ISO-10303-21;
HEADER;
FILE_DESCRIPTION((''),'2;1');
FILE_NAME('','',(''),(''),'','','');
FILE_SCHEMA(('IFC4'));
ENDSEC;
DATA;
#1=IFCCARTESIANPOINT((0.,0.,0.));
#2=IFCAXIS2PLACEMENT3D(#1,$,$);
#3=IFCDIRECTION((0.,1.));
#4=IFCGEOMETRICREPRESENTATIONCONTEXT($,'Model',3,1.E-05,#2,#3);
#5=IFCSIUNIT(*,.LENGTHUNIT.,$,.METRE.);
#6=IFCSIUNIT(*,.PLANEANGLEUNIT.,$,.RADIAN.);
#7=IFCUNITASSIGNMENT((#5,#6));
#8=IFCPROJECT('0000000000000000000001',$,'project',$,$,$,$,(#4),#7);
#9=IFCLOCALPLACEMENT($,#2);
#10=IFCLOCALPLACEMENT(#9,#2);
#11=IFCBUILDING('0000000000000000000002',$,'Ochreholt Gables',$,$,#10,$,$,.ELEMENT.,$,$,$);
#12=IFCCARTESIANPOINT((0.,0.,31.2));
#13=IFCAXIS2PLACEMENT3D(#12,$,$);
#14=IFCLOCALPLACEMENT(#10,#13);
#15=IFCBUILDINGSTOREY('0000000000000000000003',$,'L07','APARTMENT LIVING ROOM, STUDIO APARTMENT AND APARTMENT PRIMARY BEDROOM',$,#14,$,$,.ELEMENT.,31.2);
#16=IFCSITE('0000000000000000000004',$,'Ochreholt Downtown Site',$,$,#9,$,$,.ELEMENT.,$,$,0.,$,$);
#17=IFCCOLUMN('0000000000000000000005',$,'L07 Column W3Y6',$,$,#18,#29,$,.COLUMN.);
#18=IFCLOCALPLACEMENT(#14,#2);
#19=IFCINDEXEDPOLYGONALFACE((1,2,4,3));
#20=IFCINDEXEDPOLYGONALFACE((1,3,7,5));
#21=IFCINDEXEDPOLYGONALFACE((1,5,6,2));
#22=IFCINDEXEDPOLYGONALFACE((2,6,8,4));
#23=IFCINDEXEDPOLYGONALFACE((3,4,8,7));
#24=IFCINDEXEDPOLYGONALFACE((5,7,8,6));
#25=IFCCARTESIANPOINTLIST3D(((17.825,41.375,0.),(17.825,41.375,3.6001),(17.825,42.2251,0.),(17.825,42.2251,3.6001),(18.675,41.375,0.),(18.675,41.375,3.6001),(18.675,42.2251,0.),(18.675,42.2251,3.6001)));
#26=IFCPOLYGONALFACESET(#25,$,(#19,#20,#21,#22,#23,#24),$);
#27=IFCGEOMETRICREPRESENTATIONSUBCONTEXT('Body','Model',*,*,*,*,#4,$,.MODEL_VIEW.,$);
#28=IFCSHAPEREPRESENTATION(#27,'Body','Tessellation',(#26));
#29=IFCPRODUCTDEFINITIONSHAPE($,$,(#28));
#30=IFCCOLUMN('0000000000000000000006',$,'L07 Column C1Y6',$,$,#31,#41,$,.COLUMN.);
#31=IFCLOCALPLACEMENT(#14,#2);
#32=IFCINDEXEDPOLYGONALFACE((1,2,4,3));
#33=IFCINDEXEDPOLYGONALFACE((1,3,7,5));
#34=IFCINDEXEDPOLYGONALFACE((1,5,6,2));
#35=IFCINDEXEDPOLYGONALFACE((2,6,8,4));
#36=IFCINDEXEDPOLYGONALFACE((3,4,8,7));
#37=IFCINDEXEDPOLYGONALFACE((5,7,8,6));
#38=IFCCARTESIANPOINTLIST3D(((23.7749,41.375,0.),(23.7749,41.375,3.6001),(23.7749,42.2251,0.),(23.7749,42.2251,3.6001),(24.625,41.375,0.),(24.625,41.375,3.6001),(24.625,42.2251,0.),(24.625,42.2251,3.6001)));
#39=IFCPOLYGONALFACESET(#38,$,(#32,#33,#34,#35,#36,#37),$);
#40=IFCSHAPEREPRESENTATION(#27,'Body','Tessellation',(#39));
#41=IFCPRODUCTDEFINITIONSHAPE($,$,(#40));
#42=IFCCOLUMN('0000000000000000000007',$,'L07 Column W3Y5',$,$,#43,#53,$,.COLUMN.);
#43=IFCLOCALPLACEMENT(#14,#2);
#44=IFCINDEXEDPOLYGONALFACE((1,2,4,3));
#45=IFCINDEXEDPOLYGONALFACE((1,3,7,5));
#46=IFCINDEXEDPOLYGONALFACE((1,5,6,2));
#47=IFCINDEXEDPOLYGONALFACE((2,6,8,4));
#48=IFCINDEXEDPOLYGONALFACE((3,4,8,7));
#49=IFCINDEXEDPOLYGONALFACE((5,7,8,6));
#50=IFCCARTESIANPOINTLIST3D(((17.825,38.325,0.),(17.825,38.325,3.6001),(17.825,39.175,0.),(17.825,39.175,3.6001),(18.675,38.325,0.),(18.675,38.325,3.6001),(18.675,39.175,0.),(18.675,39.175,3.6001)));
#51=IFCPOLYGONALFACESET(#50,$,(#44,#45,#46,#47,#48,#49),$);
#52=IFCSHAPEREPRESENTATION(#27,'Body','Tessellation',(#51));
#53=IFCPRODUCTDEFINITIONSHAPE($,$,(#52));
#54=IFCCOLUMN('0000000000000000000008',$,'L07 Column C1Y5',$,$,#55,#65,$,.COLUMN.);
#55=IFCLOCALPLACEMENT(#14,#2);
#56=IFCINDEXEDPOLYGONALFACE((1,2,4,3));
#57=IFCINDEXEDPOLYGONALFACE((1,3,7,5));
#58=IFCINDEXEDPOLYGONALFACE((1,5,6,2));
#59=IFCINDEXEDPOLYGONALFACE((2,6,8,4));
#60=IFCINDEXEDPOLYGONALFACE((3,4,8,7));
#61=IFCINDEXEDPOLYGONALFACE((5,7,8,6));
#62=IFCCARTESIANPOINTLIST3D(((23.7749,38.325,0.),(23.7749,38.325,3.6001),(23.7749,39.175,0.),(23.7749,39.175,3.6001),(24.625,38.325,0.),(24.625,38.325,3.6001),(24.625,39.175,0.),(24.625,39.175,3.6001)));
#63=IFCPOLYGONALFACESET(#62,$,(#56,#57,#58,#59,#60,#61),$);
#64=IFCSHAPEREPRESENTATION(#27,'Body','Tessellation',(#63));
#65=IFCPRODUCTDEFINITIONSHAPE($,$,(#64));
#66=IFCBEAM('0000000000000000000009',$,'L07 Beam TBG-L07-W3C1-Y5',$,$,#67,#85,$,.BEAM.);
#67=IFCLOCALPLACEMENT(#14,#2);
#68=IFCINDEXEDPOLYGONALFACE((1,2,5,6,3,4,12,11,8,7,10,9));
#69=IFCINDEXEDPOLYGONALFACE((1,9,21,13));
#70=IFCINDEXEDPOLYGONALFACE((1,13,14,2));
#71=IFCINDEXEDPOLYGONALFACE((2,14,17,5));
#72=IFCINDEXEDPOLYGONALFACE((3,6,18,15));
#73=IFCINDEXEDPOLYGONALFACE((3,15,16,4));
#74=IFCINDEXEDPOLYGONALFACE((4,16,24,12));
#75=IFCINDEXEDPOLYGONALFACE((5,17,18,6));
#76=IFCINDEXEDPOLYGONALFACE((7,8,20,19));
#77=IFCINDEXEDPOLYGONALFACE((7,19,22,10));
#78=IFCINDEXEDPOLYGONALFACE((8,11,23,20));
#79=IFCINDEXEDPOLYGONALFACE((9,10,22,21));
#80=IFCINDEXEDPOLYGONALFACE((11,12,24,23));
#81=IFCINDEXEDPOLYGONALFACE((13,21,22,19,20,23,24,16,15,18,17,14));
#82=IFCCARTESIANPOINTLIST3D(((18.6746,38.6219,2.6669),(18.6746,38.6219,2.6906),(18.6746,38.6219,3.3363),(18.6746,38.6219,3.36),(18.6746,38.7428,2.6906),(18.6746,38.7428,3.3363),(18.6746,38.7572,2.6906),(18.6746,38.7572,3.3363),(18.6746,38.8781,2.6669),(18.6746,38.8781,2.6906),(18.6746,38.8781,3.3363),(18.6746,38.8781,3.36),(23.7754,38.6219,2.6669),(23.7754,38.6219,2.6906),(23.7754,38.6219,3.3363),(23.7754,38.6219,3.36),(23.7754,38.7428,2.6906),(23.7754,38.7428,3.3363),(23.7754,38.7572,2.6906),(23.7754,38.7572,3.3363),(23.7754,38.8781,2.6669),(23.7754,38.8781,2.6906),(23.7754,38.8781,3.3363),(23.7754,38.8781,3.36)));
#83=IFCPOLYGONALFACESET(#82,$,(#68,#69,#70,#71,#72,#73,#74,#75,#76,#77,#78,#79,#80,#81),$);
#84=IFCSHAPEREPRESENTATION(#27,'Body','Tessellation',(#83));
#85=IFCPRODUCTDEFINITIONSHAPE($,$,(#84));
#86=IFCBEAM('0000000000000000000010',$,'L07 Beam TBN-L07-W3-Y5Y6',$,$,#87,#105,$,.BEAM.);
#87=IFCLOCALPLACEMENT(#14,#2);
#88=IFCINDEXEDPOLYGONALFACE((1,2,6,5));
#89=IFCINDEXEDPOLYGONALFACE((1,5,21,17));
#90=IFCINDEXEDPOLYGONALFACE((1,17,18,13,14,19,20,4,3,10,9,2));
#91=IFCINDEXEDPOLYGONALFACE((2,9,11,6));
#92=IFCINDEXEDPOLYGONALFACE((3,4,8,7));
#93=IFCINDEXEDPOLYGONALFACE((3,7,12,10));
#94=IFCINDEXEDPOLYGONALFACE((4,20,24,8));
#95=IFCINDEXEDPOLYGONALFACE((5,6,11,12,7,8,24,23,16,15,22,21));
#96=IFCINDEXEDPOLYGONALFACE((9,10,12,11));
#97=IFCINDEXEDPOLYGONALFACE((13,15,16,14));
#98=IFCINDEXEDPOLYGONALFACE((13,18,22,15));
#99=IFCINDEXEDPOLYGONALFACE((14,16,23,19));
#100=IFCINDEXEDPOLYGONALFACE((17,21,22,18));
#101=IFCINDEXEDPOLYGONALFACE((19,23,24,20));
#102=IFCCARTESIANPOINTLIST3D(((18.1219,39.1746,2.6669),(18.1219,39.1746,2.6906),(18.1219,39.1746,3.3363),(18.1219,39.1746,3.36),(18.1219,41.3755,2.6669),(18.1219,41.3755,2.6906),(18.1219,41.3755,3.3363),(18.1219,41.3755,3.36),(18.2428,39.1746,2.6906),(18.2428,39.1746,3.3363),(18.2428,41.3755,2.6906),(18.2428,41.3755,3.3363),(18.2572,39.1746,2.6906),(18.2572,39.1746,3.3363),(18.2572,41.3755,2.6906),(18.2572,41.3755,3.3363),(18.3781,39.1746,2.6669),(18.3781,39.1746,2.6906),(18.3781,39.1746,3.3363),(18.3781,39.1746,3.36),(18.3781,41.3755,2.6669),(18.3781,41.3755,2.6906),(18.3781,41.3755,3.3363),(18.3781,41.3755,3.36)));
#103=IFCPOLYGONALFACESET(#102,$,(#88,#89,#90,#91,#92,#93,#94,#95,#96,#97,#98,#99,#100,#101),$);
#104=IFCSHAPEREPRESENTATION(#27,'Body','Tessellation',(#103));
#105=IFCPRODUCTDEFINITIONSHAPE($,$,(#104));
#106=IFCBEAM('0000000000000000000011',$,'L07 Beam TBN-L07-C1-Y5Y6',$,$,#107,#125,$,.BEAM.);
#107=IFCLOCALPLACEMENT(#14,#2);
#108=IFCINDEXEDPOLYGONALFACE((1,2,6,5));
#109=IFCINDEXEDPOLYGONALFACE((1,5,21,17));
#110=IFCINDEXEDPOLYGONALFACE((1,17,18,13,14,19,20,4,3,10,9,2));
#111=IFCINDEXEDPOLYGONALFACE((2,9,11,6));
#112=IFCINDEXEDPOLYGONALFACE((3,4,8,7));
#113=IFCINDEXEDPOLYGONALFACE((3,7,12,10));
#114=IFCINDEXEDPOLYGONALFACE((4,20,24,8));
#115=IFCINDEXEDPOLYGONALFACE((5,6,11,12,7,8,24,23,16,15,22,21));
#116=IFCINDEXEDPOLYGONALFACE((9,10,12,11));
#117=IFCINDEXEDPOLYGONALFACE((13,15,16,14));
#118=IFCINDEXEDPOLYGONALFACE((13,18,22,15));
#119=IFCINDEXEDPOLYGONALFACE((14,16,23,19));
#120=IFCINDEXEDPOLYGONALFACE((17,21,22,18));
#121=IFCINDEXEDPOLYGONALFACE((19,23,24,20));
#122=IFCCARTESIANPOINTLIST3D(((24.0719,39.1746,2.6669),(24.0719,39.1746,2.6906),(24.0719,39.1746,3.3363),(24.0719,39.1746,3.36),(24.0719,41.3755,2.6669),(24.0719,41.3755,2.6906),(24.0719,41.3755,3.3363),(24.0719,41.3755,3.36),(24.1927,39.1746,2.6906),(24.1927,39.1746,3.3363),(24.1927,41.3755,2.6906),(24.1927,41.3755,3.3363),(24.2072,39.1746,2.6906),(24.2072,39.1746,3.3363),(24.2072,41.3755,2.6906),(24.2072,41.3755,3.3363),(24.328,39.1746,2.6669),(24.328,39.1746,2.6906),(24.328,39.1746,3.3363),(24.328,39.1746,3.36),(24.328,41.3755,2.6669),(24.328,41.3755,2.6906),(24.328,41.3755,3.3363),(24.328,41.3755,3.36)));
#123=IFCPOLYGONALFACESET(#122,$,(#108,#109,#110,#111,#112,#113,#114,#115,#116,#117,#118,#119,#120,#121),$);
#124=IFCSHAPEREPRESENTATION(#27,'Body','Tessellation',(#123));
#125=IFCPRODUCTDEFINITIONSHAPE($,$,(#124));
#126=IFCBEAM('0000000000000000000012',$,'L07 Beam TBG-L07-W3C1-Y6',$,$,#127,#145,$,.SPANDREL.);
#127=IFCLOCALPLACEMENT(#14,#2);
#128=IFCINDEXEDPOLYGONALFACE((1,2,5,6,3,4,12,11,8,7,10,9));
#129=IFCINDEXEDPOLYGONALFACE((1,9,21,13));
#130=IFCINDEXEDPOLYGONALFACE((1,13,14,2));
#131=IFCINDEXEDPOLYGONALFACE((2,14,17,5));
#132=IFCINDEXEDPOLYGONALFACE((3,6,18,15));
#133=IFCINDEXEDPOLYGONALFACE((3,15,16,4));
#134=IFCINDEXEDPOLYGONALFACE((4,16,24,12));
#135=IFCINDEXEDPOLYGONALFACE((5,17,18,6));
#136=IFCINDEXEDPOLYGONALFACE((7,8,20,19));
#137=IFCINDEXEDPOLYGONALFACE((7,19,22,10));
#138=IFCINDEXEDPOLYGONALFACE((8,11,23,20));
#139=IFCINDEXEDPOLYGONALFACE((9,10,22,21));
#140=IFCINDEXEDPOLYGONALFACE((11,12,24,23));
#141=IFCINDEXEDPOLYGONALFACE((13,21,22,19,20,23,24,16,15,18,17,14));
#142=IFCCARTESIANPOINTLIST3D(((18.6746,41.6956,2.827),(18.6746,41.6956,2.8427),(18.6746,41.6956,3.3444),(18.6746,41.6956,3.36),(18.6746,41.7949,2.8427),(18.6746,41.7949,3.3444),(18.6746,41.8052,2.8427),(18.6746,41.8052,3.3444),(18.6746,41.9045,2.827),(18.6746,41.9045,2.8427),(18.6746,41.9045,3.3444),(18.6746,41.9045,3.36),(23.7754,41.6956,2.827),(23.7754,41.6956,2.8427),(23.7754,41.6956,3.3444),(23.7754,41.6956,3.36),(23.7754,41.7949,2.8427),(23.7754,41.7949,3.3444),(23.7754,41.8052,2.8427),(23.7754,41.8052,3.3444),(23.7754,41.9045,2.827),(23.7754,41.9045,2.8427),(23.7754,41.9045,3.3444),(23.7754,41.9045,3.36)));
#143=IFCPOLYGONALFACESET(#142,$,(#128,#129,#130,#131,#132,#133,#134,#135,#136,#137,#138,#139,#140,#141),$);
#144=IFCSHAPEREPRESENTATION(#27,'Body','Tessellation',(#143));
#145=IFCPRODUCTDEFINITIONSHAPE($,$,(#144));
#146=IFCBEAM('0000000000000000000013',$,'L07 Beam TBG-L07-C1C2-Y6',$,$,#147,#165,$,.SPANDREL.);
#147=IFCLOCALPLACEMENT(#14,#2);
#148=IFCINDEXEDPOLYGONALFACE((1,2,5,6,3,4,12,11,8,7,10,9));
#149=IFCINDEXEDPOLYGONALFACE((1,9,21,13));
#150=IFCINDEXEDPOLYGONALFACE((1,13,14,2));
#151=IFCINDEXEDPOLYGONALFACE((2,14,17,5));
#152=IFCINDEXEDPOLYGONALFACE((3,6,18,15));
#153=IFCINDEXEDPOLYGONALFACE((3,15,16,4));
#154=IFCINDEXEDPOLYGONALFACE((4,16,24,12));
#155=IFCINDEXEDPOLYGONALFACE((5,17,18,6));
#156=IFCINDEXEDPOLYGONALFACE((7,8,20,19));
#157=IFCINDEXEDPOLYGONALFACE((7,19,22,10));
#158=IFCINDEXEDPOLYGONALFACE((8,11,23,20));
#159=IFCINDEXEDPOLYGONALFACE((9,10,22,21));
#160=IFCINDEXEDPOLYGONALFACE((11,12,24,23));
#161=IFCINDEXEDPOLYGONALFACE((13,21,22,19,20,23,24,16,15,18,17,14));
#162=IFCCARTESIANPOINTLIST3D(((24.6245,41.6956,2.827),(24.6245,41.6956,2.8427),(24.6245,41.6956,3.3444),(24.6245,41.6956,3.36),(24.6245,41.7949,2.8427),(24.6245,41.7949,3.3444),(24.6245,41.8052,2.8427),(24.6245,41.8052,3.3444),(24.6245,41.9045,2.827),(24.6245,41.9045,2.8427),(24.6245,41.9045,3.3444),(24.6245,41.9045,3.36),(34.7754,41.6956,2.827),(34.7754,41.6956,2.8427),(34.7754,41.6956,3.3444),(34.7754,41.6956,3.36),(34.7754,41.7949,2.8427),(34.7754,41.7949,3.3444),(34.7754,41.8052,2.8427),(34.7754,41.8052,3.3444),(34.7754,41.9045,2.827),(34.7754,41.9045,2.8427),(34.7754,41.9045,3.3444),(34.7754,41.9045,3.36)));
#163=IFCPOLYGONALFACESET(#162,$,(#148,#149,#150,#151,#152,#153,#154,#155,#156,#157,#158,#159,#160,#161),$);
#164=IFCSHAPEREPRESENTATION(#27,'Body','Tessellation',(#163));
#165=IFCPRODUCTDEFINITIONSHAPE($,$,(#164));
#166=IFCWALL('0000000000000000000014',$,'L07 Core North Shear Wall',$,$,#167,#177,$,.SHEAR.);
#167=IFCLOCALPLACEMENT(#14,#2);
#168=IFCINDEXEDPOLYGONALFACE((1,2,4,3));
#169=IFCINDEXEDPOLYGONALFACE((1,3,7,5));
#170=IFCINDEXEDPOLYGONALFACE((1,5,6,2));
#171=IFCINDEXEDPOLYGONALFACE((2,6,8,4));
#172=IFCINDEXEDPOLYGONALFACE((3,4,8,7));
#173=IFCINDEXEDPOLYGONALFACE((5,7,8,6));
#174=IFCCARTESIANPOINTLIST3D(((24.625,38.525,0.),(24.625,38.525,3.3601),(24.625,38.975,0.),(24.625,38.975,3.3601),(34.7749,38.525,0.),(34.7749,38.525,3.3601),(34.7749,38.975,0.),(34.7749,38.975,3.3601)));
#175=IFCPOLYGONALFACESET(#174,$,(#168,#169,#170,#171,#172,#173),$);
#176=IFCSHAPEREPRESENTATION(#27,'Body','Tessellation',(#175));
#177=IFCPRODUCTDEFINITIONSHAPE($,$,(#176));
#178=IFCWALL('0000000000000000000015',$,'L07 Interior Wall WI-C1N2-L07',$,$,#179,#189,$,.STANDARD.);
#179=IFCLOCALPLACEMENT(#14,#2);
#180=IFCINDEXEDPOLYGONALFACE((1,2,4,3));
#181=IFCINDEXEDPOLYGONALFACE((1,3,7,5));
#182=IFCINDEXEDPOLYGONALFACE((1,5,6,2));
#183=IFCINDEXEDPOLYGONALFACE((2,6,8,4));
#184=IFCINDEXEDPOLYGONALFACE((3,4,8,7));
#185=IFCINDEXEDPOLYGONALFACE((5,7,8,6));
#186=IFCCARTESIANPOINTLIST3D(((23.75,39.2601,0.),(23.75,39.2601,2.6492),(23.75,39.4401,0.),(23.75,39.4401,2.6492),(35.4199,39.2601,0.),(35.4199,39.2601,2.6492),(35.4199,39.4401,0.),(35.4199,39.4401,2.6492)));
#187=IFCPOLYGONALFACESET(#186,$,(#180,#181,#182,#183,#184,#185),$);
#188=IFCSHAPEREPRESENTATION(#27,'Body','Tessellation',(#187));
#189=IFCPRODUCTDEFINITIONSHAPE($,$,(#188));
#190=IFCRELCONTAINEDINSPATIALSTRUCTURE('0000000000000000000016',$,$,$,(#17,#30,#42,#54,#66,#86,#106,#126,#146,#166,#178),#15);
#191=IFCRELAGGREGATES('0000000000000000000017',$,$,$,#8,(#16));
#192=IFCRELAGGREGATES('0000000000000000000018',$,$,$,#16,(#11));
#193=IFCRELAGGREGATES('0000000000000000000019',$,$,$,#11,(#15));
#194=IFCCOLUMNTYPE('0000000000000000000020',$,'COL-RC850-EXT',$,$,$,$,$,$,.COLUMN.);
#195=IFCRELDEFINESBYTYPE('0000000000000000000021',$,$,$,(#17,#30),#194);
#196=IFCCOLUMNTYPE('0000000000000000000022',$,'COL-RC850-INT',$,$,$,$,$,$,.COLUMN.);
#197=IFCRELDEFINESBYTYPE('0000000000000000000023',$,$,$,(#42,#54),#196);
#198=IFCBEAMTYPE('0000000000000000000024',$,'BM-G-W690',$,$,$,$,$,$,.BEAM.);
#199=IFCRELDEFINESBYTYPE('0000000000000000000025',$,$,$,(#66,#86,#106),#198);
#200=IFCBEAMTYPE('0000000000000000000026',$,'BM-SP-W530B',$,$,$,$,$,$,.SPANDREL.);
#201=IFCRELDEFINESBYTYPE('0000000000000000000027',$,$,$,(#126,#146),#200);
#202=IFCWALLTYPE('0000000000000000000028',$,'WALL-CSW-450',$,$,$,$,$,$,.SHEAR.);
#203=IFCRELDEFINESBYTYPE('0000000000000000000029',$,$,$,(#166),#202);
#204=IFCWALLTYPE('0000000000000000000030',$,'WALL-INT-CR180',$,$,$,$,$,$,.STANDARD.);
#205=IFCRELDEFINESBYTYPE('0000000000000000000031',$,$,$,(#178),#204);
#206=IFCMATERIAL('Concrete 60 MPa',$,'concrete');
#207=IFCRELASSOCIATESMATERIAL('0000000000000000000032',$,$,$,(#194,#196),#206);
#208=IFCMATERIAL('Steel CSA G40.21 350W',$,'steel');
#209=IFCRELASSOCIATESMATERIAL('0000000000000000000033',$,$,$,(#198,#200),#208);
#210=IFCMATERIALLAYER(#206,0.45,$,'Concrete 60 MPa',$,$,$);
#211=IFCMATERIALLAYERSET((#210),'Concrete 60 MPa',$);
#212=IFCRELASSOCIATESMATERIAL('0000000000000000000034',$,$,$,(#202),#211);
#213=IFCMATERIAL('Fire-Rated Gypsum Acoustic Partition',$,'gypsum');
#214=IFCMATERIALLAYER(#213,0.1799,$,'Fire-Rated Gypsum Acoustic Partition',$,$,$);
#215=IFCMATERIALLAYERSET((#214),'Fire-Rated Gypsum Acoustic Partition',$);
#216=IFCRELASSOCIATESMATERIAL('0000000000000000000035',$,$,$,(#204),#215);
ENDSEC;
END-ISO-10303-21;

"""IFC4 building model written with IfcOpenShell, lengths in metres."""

from ifc_helpers import new_model, si_unit, direction, frame, frame_2d, origin, origin_2d, place, context, subcontext, project, spatial, rectangle, i_section, extrude, material, layer, layer_set, material_profile, profile_set, type_object, element, save


model = new_model("IFC4")

# Units and contexts
model_context = context("Model", 3, precision=1e-05, world=origin(), true_north=direction((0.0, 1.0)))
body_context = subcontext(model_context, "Body", "Model", "MODEL_VIEW")
ifc_project = project(units=[si_unit("LENGTHUNIT", "METRE"), si_unit("PLANEANGLEUNIT", "RADIAN")], contexts=[model_context])

# Site, building, storey
site_placement = place(None, origin())
site = spatial("IfcSite", under=ifc_project, at=site_placement, Name="Ochreholt Downtown Site", CompositionType="ELEMENT", RefElevation=0.0)
building_placement = place(site_placement, origin())
building = spatial("IfcBuilding", under=site, at=building_placement, Name="Ochreholt Gables", CompositionType="ELEMENT")
storey_placement = place(building_placement, frame((0.0, 0.0, 31.2)))
storey = spatial("IfcBuildingStorey", under=building, at=storey_placement, Name="L07", Description="APARTMENT LIVING ROOM, STUDIO APARTMENT AND APARTMENT PRIMARY BEDROOM", CompositionType="ELEMENT", Elevation=31.2)

# Columns
ifc_material_1 = material(Name="Concrete 60 MPa", Category="concrete")
ifc_material_profile_1 = material_profile(ifc_material_1, rectangle(XDim=0.8501, YDim=0.8501, at=origin_2d()), Name="RC850X850")
ifc_profile_set_1 = profile_set([ifc_material_profile_1], Name="Concrete 60 MPa")
column_type_1 = type_object("IfcColumnType", Name="COL-RC850-EXT", PredefinedType="COLUMN", material=ifc_profile_set_1)
for number, where, z_axis, x_axis, name in (
    (1, (18.25, 41.8, 0.0), (0.0, 0.0, 1.0), (1.0, 0.0, 0.0), "L07 Column W3Y6"),
    (2, (24.2, 41.8, 0.0), (0.0, 0.0, 1.0), (1.0, 0.0, 0.0), "L07 Column C1Y6"),
):
    element("IfcColumn", number, at=place(storey_placement, frame(where, z_axis=z_axis, x_axis=x_axis)), inside=storey, type_object=column_type_1, Name=name, PredefinedType="COLUMN", context=body_context, shape_type="SweptSolid", body=[
        extrude(rectangle(XDim=0.8501, YDim=0.8501, at=origin_2d()), origin(), (0.0, 0.0, 1.0), 3.6001),
    ])
ifc_material_profile_2 = material_profile(ifc_material_1, rectangle(XDim=0.8501, YDim=0.8501, at=origin_2d()), Name="RC850X850")
ifc_profile_set_2 = profile_set([ifc_material_profile_2], Name="Concrete 60 MPa")
column_type_2 = type_object("IfcColumnType", Name="COL-RC850-INT", PredefinedType="COLUMN", material=ifc_profile_set_2)
for number, where, z_axis, x_axis, name in (
    (3, (18.25, 38.75, 0.0), (0.0, 0.0, 1.0), (1.0, 0.0, 0.0), "L07 Column W3Y5"),
    (4, (24.2, 38.75, 0.0), (0.0, 0.0, 1.0), (1.0, 0.0, 0.0), "L07 Column C1Y5"),
):
    element("IfcColumn", number, at=place(storey_placement, frame(where, z_axis=z_axis, x_axis=x_axis)), inside=storey, type_object=column_type_2, Name=name, PredefinedType="COLUMN", context=body_context, shape_type="SweptSolid", body=[
        extrude(rectangle(XDim=0.8501, YDim=0.8501, at=origin_2d()), origin(), (0.0, 0.0, 1.0), 3.6001),
    ])

# Beams
ifc_material_2 = material(Name="Steel CSA G40.21 350W", Category="steel")
ifc_material_profile_3 = material_profile(ifc_material_2, i_section(OverallWidth=0.2561, OverallDepth=0.6931, WebThickness=0.0144, FlangeThickness=0.0237, at=origin_2d()), Name="W690X170")
ifc_profile_set_3 = profile_set([ifc_material_profile_3], Name="Steel CSA G40.21 350W")
beam_type_1 = type_object("IfcBeamType", Name="BM-G-W690", PredefinedType="BEAM", material=ifc_profile_set_3)
beam_1_placement = place(storey_placement, frame((18.6746, 38.75, 3.0134), z_axis=(1.0, 0.0, 0.0), x_axis=(0.0, 1.0, 0.0)))
element("IfcBeam", 5, at=beam_1_placement, inside=storey, type_object=beam_type_1, Name="L07 Beam TBG-L07-W3C1-Y5", PredefinedType="BEAM", context=body_context, shape_type="SweptSolid", body=[
    extrude(i_section(OverallWidth=0.2561, OverallDepth=0.6931, WebThickness=0.0144, FlangeThickness=0.0237, at=origin_2d()), origin(), (0.0, 0.0, 1.0), 5.1008),
])
for number, where, z_axis, x_axis, name in (
    (6, (18.25, 39.1746, 3.0134), (0.0, 1.0, 0.0), (-1.0, 0.0, 0.0), "L07 Beam TBN-L07-W3-Y5Y6"),
    (7, (24.2, 39.1746, 3.0134), (0.0, 1.0, 0.0), (-1.0, 0.0, 0.0), "L07 Beam TBN-L07-C1-Y5Y6"),
):
    element("IfcBeam", number, at=place(storey_placement, frame(where, z_axis=z_axis, x_axis=x_axis)), inside=storey, type_object=beam_type_1, Name=name, PredefinedType="BEAM", context=body_context, shape_type="SweptSolid", body=[
        extrude(i_section(OverallWidth=0.2561, OverallDepth=0.6931, WebThickness=0.0144, FlangeThickness=0.0237, at=origin_2d()), origin(), (0.0, 0.0, 1.0), 2.2009),
    ])
ifc_material_profile_4 = material_profile(ifc_material_2, i_section(OverallWidth=0.209, OverallDepth=0.533, WebThickness=0.0103, FlangeThickness=0.0156, at=origin_2d()), Name="W530X92")
ifc_profile_set_4 = profile_set([ifc_material_profile_4], Name="Steel CSA G40.21 350W")
beam_type_2 = type_object("IfcBeamType", Name="BM-SP-W530B", PredefinedType="SPANDREL", material=ifc_profile_set_4)
beam_2_placement = place(storey_placement, frame((18.6746, 41.8, 3.0935), z_axis=(1.0, 0.0, 0.0), x_axis=(0.0, 1.0, 0.0)))
element("IfcBeam", 8, at=beam_2_placement, inside=storey, type_object=beam_type_2, Name="L07 Beam TBG-L07-W3C1-Y6", PredefinedType="SPANDREL", context=body_context, shape_type="SweptSolid", body=[
    extrude(i_section(OverallWidth=0.209, OverallDepth=0.533, WebThickness=0.0103, FlangeThickness=0.0156, at=origin_2d()), origin(), (0.0, 0.0, 1.0), 5.1008),
])
beam_3_placement = place(storey_placement, frame((24.6245, 41.8, 3.0935), z_axis=(1.0, 0.0, 0.0), x_axis=(0.0, 1.0, 0.0)))
element("IfcBeam", 9, at=beam_3_placement, inside=storey, type_object=beam_type_2, Name="L07 Beam TBG-L07-C1C2-Y6", PredefinedType="SPANDREL", context=body_context, shape_type="SweptSolid", body=[
    extrude(i_section(OverallWidth=0.209, OverallDepth=0.533, WebThickness=0.0103, FlangeThickness=0.0156, at=origin_2d()), origin(), (0.0, 0.0, 1.0), 10.1509),
])

# Walls
ifc_layer_1 = layer(ifc_material_1, 0.45, Name="Concrete 60 MPa")
ifc_layer_set_1 = layer_set([ifc_layer_1], Name="Concrete 60 MPa")
wall_type_1 = type_object("IfcWallType", Name="WALL-CSW-450", PredefinedType="SHEAR", material=ifc_layer_set_1)
wall_1_placement = place(storey_placement, frame((24.625, 38.75, 0.0), z_axis=(0.0, 0.0, 1.0), x_axis=(1.0, 0.0, 0.0)))
element("IfcWall", 10, at=wall_1_placement, inside=storey, type_object=wall_type_1, Name="L07 Core North Shear Wall", PredefinedType="SHEAR", context=body_context, shape_type="SweptSolid", body=[
    extrude(rectangle(XDim=10.1499, YDim=0.45, at=frame_2d((5.075, 0.0))), origin(), (0.0, 0.0, 1.0), 3.3601),
])
ifc_material_3 = material(Name="Fire-Rated Gypsum Acoustic Partition", Category="gypsum")
ifc_layer_2 = layer(ifc_material_3, 0.1799, Name="Fire-Rated Gypsum Acoustic Partition")
ifc_layer_set_2 = layer_set([ifc_layer_2], Name="Fire-Rated Gypsum Acoustic Partition")
wall_type_2 = type_object("IfcWallType", Name="WALL-INT-CR180", PredefinedType="STANDARD", material=ifc_layer_set_2)
wall_2_placement = place(storey_placement, frame((23.75, 39.3501, 0.0), z_axis=(0.0, 0.0, 1.0), x_axis=(1.0, 0.0, 0.0)))
element("IfcWall", 11, at=wall_2_placement, inside=storey, type_object=wall_type_2, Name="L07 Interior Wall WI-C1N2-L07", PredefinedType="STANDARD", context=body_context, shape_type="SweptSolid", body=[
    extrude(rectangle(XDim=11.6699, YDim=0.1799, at=frame_2d((5.835, 0.0))), origin(), (0.0, 0.0, 1.0), 2.6492),
])

save(model, "model.ifc")
